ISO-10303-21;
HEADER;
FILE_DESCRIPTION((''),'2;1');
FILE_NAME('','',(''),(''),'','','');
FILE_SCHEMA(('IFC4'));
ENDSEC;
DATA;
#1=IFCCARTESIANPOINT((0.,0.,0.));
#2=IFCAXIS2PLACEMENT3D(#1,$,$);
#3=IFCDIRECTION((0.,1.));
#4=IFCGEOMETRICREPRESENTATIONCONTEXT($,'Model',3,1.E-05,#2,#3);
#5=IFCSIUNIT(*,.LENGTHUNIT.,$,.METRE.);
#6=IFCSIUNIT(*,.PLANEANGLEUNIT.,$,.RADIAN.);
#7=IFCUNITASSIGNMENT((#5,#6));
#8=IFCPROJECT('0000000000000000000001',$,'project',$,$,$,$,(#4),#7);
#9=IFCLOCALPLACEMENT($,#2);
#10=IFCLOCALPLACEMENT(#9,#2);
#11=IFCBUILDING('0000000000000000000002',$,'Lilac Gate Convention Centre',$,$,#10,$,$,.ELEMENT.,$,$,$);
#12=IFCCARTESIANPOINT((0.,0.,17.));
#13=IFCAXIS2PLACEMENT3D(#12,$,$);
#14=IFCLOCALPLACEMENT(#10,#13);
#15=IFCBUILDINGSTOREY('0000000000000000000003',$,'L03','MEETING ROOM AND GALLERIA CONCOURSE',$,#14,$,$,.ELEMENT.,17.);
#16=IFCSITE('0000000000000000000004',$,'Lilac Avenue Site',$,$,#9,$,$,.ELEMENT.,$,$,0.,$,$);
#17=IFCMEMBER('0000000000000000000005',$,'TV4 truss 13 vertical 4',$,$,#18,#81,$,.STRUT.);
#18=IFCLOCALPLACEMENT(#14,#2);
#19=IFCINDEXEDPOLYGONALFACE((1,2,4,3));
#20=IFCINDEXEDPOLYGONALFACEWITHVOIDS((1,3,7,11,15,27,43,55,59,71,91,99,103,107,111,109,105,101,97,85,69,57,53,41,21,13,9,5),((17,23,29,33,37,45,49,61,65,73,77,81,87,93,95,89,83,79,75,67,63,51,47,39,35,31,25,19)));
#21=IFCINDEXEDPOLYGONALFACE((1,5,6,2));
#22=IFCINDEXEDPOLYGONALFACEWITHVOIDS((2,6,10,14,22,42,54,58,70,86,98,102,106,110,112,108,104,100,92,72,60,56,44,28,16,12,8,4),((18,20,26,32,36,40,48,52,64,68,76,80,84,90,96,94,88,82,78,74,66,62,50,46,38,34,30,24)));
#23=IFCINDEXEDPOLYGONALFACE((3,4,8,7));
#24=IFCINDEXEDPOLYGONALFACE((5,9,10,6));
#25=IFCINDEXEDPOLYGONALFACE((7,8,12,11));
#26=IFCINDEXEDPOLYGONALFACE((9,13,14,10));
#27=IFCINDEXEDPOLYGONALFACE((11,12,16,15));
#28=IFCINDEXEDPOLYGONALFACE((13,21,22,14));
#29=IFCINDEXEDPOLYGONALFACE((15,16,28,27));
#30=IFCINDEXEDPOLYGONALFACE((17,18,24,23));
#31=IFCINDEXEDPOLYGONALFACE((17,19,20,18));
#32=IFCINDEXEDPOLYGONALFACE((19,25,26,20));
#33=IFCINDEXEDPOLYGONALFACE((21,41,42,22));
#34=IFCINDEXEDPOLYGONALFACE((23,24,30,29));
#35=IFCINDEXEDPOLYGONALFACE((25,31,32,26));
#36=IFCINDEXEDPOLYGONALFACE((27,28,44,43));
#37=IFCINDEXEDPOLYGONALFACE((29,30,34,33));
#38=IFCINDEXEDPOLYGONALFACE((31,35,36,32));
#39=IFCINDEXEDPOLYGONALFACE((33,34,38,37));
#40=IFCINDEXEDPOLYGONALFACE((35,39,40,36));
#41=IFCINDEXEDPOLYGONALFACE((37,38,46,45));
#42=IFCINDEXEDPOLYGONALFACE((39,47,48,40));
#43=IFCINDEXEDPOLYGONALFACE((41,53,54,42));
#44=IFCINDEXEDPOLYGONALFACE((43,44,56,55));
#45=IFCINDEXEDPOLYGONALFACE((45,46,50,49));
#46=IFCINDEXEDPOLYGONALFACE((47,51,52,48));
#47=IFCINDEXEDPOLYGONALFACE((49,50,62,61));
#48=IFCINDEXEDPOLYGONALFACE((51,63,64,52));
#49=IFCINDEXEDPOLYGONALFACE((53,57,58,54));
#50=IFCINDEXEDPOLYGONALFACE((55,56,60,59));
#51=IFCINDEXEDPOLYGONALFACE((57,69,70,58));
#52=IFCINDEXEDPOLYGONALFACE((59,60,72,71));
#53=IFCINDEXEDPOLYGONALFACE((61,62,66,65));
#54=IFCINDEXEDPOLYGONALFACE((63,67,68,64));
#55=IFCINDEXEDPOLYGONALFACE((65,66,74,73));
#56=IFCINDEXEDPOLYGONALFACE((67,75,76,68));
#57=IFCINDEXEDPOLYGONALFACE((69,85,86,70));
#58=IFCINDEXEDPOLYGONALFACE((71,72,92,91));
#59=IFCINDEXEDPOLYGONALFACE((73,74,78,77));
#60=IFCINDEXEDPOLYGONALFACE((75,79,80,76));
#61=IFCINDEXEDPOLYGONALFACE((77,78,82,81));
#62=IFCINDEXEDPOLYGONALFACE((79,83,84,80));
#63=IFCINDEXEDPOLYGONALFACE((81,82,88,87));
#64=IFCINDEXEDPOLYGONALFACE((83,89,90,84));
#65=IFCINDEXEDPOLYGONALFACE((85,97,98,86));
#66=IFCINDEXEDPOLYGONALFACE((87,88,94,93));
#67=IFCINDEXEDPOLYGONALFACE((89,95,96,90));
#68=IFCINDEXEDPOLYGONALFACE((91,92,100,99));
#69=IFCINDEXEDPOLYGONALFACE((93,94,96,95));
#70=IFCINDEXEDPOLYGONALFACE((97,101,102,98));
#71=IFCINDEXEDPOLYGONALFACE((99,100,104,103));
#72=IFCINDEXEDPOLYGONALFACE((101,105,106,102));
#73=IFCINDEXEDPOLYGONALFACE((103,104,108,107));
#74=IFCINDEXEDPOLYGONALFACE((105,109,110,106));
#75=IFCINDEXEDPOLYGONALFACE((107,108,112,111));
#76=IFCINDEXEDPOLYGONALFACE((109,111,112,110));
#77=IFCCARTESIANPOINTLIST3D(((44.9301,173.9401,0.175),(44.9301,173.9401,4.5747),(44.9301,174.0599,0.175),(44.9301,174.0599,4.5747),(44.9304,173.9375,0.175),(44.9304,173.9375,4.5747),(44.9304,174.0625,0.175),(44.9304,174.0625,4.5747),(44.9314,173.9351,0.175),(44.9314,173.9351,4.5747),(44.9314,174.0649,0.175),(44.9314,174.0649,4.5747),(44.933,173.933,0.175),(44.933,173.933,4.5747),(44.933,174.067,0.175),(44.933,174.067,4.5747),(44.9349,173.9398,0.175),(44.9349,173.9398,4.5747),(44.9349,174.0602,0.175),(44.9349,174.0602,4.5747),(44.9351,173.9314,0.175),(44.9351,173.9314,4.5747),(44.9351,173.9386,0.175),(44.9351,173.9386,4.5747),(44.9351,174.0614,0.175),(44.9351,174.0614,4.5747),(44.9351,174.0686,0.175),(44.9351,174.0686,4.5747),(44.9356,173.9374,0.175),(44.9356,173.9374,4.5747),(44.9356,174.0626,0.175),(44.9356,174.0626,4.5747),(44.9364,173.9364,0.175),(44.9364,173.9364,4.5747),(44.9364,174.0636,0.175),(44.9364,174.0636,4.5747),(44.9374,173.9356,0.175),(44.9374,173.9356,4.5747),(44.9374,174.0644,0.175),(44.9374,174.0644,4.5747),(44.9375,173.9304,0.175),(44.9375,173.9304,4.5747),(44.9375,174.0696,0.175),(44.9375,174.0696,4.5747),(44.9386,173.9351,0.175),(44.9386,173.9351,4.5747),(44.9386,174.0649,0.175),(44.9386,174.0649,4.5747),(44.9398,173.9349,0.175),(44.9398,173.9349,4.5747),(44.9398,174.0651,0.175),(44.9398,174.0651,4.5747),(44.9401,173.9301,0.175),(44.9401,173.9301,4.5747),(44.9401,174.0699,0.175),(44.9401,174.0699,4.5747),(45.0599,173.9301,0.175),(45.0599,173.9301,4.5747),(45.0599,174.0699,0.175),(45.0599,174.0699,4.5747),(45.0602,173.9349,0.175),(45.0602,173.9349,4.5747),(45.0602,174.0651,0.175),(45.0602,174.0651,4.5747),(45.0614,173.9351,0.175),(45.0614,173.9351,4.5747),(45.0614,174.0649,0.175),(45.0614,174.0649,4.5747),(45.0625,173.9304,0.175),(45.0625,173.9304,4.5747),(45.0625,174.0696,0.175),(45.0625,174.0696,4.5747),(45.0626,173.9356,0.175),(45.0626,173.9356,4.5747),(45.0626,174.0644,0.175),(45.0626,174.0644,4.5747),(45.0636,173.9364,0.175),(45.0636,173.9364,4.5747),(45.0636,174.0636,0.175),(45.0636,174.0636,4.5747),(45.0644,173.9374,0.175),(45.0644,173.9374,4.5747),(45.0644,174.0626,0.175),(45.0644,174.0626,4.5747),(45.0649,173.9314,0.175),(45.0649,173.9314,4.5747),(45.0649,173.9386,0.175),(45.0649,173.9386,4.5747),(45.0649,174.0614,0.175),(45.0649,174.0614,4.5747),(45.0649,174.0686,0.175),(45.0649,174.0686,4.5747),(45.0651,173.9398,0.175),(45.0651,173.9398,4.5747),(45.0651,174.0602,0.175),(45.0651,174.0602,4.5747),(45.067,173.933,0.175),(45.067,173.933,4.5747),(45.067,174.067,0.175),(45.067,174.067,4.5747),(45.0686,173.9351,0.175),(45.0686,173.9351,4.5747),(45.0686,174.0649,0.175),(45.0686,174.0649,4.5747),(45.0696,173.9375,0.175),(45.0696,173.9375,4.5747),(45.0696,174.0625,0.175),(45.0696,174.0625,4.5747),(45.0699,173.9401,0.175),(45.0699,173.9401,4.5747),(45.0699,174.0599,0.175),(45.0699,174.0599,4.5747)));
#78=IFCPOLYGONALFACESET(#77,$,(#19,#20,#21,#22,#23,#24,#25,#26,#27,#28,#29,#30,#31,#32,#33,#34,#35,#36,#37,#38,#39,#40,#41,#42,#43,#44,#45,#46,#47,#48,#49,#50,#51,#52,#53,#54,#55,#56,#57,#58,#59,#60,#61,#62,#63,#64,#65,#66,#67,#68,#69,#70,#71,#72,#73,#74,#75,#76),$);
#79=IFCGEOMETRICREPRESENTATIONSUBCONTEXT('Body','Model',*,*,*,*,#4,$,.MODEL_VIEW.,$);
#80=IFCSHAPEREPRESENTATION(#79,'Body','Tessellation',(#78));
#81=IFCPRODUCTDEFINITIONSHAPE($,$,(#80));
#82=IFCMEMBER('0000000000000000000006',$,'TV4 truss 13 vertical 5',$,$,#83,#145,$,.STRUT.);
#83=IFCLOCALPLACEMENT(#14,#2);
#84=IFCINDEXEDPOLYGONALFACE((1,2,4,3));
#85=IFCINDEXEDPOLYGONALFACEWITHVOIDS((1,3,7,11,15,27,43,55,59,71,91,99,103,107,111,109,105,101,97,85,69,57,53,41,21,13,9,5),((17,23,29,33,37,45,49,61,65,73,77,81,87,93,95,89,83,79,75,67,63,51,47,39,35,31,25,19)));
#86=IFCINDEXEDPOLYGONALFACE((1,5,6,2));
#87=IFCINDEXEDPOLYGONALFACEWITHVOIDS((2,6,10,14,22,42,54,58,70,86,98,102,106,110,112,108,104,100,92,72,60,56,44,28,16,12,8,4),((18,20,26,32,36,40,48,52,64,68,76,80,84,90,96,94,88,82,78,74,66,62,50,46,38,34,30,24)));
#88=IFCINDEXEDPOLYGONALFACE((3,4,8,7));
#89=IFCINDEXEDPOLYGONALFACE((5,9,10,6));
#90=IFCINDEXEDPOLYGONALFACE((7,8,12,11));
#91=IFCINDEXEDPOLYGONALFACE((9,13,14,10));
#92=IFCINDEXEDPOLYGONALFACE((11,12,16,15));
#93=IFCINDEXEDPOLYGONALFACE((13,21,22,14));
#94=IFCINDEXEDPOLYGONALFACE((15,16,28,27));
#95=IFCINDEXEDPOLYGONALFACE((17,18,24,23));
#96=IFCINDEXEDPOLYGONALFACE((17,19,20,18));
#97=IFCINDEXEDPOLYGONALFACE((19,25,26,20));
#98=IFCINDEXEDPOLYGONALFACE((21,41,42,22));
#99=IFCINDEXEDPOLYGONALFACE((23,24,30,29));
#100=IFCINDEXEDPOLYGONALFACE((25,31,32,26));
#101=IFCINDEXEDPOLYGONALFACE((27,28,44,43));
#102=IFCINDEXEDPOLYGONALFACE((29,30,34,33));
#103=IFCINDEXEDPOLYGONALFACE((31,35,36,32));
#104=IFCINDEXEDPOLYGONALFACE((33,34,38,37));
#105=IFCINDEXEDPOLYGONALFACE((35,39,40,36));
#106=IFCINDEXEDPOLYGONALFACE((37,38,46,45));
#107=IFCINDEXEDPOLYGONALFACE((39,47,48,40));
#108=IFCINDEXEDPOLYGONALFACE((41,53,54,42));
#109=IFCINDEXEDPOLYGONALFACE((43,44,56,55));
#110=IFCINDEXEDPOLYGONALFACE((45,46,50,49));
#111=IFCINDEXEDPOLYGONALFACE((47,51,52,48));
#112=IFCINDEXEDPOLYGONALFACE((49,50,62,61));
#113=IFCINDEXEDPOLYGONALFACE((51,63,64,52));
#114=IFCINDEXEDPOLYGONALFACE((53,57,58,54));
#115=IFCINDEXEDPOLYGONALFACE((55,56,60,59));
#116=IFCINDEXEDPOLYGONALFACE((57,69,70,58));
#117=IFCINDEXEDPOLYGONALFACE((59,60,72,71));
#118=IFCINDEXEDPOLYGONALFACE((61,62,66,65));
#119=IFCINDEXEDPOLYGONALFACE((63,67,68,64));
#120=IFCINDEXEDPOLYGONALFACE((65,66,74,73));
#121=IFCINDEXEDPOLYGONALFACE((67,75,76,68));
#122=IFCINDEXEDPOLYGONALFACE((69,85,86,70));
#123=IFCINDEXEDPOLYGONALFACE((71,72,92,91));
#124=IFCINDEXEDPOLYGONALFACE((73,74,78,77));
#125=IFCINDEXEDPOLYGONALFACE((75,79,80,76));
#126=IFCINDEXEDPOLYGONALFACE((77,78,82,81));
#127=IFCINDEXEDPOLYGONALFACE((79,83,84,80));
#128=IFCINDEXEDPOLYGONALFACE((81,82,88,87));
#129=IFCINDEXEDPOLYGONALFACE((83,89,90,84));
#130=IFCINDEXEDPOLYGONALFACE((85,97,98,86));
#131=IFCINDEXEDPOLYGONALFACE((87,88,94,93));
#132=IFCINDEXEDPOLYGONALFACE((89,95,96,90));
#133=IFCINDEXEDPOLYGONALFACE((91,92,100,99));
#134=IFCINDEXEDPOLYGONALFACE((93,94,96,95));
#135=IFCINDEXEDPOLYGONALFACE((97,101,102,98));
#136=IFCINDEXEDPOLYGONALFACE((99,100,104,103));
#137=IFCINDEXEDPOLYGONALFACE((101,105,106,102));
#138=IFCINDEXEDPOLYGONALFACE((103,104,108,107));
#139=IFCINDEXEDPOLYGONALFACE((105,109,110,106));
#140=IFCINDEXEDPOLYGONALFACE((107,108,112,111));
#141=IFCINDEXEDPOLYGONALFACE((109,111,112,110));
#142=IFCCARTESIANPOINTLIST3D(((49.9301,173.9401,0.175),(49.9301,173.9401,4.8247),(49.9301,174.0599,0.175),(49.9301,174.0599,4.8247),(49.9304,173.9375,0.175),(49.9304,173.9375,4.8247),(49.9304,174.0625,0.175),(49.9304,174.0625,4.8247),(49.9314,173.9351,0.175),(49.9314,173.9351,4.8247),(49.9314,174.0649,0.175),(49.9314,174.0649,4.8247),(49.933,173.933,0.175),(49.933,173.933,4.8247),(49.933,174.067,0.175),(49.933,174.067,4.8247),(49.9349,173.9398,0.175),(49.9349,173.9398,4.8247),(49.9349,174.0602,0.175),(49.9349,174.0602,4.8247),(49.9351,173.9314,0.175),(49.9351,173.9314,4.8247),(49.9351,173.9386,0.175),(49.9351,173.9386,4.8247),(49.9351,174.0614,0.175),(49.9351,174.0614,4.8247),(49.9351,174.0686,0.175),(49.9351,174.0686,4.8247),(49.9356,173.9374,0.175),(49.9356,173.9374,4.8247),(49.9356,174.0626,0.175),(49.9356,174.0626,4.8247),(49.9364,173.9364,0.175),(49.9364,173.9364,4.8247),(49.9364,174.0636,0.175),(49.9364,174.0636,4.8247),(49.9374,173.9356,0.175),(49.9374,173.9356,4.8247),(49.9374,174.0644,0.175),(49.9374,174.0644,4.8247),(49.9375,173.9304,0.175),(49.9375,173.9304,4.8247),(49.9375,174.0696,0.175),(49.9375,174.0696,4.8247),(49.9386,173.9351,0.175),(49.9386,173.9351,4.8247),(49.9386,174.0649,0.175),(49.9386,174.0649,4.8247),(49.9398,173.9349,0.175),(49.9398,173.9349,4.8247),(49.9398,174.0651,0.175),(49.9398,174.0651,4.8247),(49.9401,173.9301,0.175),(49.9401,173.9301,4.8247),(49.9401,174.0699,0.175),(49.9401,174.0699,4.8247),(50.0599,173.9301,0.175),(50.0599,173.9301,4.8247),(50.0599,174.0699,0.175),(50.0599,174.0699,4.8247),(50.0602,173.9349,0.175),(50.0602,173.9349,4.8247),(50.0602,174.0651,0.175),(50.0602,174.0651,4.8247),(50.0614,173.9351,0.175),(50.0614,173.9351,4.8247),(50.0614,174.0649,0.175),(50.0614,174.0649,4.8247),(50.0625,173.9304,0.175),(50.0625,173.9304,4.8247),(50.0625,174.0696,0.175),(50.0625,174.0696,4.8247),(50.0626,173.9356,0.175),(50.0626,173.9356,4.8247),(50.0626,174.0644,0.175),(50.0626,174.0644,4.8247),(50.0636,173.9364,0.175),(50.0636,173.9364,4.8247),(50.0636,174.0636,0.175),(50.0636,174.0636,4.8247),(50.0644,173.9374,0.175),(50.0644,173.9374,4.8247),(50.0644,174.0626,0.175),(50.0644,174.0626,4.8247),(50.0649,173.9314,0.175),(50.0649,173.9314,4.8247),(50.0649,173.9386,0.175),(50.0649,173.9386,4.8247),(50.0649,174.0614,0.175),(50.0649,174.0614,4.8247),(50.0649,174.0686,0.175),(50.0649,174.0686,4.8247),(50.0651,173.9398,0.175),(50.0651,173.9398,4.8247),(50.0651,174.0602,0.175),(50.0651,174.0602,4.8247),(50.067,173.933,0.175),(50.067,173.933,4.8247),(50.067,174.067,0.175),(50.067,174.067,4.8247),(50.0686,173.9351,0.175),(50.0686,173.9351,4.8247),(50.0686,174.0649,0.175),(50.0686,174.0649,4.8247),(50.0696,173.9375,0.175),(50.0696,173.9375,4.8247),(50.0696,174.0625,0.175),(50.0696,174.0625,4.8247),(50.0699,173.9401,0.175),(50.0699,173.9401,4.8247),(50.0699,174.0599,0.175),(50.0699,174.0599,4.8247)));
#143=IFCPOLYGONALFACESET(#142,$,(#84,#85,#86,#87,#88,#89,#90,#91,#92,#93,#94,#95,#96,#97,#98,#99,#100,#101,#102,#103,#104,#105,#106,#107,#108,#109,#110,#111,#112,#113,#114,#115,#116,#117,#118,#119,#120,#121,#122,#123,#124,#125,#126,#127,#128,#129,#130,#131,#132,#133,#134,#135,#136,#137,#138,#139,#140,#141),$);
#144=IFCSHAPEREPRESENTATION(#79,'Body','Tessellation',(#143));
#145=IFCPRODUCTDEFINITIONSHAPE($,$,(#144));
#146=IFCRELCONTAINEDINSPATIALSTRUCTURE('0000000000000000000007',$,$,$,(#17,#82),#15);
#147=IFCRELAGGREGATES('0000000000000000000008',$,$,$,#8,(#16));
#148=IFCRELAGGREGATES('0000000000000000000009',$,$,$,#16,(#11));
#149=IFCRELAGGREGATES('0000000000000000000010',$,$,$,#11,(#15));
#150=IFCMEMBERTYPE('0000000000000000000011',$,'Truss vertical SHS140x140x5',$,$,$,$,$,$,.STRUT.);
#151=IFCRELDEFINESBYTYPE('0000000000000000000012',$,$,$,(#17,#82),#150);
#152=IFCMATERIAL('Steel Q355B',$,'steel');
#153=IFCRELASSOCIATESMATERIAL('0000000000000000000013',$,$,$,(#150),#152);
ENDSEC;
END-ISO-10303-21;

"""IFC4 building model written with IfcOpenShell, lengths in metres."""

from ifc_helpers import new_model, si_unit, direction, frame, origin, origin_2d, place, context, subcontext, project, spatial, hollow_rectangle, extrude, material, material_profile, profile_set, type_object, element, save


model = new_model("IFC4")

# Units and contexts
model_context = context("Model", 3, precision=1e-05, world=origin(), true_north=direction((0.0, 1.0)))
body_context = subcontext(model_context, "Body", "Model", "MODEL_VIEW")
ifc_project = project(units=[si_unit("LENGTHUNIT", "METRE"), si_unit("PLANEANGLEUNIT", "RADIAN")], contexts=[model_context])

# Site, building, storey
site_placement = place(None, origin())
site = spatial("IfcSite", under=ifc_project, at=site_placement, Name="Lilac Avenue Site", CompositionType="ELEMENT", RefElevation=0.0)
building_placement = place(site_placement, origin())
building = spatial("IfcBuilding", under=site, at=building_placement, Name="Lilac Gate Convention Centre", CompositionType="ELEMENT")
storey_placement = place(building_placement, frame((0.0, 0.0, 17.0)))
storey = spatial("IfcBuildingStorey", under=building, at=storey_placement, Name="L03", Description="MEETING ROOM AND GALLERIA CONCOURSE", CompositionType="ELEMENT", Elevation=17.0)

# Members
ifc_material = material(Name="Steel Q355B", Category="steel")
ifc_material_profile_1 = material_profile(ifc_material, hollow_rectangle(XDim=0.1399, YDim=0.1399, WallThickness=0.0049, InnerFilletRadius=0.0049, OuterFilletRadius=0.01, at=origin_2d()), Name="SHS140x140x5")
ifc_profile_set_1 = profile_set([ifc_material_profile_1], Name="Steel Q355B")
member_type_1 = type_object("IfcMemberType", Name="Truss vertical SHS140x140x5", PredefinedType="STRUT", material=ifc_profile_set_1)
member_1_placement = place(storey_placement, frame((45.0, 174.0, 0.175), z_axis=(0.0, 0.0, 1.0), x_axis=(1.0, 0.0, 0.0)))
element("IfcMember", 1, at=member_1_placement, inside=storey, type_object=member_type_1, Name="TV4 truss 13 vertical 4", PredefinedType="STRUT", context=body_context, shape_type="SweptSolid", body=[
    extrude(hollow_rectangle(XDim=0.1399, YDim=0.1399, WallThickness=0.0049, InnerFilletRadius=0.0049, OuterFilletRadius=0.01, at=origin_2d()), origin(), (0.0, 0.0, 1.0), 4.3997),
])
member_2_placement = place(storey_placement, frame((50.0, 174.0, 0.175), z_axis=(0.0, 0.0, 1.0), x_axis=(1.0, 0.0, 0.0)))
element("IfcMember", 2, at=member_2_placement, inside=storey, type_object=member_type_1, Name="TV4 truss 13 vertical 5", PredefinedType="STRUT", context=body_context, shape_type="SweptSolid", body=[
    extrude(hollow_rectangle(XDim=0.1399, YDim=0.1399, WallThickness=0.0049, InnerFilletRadius=0.0049, OuterFilletRadius=0.01, at=origin_2d()), origin(), (0.0, 0.0, 1.0), 4.6497),
])

save(model, "model.ifc")
